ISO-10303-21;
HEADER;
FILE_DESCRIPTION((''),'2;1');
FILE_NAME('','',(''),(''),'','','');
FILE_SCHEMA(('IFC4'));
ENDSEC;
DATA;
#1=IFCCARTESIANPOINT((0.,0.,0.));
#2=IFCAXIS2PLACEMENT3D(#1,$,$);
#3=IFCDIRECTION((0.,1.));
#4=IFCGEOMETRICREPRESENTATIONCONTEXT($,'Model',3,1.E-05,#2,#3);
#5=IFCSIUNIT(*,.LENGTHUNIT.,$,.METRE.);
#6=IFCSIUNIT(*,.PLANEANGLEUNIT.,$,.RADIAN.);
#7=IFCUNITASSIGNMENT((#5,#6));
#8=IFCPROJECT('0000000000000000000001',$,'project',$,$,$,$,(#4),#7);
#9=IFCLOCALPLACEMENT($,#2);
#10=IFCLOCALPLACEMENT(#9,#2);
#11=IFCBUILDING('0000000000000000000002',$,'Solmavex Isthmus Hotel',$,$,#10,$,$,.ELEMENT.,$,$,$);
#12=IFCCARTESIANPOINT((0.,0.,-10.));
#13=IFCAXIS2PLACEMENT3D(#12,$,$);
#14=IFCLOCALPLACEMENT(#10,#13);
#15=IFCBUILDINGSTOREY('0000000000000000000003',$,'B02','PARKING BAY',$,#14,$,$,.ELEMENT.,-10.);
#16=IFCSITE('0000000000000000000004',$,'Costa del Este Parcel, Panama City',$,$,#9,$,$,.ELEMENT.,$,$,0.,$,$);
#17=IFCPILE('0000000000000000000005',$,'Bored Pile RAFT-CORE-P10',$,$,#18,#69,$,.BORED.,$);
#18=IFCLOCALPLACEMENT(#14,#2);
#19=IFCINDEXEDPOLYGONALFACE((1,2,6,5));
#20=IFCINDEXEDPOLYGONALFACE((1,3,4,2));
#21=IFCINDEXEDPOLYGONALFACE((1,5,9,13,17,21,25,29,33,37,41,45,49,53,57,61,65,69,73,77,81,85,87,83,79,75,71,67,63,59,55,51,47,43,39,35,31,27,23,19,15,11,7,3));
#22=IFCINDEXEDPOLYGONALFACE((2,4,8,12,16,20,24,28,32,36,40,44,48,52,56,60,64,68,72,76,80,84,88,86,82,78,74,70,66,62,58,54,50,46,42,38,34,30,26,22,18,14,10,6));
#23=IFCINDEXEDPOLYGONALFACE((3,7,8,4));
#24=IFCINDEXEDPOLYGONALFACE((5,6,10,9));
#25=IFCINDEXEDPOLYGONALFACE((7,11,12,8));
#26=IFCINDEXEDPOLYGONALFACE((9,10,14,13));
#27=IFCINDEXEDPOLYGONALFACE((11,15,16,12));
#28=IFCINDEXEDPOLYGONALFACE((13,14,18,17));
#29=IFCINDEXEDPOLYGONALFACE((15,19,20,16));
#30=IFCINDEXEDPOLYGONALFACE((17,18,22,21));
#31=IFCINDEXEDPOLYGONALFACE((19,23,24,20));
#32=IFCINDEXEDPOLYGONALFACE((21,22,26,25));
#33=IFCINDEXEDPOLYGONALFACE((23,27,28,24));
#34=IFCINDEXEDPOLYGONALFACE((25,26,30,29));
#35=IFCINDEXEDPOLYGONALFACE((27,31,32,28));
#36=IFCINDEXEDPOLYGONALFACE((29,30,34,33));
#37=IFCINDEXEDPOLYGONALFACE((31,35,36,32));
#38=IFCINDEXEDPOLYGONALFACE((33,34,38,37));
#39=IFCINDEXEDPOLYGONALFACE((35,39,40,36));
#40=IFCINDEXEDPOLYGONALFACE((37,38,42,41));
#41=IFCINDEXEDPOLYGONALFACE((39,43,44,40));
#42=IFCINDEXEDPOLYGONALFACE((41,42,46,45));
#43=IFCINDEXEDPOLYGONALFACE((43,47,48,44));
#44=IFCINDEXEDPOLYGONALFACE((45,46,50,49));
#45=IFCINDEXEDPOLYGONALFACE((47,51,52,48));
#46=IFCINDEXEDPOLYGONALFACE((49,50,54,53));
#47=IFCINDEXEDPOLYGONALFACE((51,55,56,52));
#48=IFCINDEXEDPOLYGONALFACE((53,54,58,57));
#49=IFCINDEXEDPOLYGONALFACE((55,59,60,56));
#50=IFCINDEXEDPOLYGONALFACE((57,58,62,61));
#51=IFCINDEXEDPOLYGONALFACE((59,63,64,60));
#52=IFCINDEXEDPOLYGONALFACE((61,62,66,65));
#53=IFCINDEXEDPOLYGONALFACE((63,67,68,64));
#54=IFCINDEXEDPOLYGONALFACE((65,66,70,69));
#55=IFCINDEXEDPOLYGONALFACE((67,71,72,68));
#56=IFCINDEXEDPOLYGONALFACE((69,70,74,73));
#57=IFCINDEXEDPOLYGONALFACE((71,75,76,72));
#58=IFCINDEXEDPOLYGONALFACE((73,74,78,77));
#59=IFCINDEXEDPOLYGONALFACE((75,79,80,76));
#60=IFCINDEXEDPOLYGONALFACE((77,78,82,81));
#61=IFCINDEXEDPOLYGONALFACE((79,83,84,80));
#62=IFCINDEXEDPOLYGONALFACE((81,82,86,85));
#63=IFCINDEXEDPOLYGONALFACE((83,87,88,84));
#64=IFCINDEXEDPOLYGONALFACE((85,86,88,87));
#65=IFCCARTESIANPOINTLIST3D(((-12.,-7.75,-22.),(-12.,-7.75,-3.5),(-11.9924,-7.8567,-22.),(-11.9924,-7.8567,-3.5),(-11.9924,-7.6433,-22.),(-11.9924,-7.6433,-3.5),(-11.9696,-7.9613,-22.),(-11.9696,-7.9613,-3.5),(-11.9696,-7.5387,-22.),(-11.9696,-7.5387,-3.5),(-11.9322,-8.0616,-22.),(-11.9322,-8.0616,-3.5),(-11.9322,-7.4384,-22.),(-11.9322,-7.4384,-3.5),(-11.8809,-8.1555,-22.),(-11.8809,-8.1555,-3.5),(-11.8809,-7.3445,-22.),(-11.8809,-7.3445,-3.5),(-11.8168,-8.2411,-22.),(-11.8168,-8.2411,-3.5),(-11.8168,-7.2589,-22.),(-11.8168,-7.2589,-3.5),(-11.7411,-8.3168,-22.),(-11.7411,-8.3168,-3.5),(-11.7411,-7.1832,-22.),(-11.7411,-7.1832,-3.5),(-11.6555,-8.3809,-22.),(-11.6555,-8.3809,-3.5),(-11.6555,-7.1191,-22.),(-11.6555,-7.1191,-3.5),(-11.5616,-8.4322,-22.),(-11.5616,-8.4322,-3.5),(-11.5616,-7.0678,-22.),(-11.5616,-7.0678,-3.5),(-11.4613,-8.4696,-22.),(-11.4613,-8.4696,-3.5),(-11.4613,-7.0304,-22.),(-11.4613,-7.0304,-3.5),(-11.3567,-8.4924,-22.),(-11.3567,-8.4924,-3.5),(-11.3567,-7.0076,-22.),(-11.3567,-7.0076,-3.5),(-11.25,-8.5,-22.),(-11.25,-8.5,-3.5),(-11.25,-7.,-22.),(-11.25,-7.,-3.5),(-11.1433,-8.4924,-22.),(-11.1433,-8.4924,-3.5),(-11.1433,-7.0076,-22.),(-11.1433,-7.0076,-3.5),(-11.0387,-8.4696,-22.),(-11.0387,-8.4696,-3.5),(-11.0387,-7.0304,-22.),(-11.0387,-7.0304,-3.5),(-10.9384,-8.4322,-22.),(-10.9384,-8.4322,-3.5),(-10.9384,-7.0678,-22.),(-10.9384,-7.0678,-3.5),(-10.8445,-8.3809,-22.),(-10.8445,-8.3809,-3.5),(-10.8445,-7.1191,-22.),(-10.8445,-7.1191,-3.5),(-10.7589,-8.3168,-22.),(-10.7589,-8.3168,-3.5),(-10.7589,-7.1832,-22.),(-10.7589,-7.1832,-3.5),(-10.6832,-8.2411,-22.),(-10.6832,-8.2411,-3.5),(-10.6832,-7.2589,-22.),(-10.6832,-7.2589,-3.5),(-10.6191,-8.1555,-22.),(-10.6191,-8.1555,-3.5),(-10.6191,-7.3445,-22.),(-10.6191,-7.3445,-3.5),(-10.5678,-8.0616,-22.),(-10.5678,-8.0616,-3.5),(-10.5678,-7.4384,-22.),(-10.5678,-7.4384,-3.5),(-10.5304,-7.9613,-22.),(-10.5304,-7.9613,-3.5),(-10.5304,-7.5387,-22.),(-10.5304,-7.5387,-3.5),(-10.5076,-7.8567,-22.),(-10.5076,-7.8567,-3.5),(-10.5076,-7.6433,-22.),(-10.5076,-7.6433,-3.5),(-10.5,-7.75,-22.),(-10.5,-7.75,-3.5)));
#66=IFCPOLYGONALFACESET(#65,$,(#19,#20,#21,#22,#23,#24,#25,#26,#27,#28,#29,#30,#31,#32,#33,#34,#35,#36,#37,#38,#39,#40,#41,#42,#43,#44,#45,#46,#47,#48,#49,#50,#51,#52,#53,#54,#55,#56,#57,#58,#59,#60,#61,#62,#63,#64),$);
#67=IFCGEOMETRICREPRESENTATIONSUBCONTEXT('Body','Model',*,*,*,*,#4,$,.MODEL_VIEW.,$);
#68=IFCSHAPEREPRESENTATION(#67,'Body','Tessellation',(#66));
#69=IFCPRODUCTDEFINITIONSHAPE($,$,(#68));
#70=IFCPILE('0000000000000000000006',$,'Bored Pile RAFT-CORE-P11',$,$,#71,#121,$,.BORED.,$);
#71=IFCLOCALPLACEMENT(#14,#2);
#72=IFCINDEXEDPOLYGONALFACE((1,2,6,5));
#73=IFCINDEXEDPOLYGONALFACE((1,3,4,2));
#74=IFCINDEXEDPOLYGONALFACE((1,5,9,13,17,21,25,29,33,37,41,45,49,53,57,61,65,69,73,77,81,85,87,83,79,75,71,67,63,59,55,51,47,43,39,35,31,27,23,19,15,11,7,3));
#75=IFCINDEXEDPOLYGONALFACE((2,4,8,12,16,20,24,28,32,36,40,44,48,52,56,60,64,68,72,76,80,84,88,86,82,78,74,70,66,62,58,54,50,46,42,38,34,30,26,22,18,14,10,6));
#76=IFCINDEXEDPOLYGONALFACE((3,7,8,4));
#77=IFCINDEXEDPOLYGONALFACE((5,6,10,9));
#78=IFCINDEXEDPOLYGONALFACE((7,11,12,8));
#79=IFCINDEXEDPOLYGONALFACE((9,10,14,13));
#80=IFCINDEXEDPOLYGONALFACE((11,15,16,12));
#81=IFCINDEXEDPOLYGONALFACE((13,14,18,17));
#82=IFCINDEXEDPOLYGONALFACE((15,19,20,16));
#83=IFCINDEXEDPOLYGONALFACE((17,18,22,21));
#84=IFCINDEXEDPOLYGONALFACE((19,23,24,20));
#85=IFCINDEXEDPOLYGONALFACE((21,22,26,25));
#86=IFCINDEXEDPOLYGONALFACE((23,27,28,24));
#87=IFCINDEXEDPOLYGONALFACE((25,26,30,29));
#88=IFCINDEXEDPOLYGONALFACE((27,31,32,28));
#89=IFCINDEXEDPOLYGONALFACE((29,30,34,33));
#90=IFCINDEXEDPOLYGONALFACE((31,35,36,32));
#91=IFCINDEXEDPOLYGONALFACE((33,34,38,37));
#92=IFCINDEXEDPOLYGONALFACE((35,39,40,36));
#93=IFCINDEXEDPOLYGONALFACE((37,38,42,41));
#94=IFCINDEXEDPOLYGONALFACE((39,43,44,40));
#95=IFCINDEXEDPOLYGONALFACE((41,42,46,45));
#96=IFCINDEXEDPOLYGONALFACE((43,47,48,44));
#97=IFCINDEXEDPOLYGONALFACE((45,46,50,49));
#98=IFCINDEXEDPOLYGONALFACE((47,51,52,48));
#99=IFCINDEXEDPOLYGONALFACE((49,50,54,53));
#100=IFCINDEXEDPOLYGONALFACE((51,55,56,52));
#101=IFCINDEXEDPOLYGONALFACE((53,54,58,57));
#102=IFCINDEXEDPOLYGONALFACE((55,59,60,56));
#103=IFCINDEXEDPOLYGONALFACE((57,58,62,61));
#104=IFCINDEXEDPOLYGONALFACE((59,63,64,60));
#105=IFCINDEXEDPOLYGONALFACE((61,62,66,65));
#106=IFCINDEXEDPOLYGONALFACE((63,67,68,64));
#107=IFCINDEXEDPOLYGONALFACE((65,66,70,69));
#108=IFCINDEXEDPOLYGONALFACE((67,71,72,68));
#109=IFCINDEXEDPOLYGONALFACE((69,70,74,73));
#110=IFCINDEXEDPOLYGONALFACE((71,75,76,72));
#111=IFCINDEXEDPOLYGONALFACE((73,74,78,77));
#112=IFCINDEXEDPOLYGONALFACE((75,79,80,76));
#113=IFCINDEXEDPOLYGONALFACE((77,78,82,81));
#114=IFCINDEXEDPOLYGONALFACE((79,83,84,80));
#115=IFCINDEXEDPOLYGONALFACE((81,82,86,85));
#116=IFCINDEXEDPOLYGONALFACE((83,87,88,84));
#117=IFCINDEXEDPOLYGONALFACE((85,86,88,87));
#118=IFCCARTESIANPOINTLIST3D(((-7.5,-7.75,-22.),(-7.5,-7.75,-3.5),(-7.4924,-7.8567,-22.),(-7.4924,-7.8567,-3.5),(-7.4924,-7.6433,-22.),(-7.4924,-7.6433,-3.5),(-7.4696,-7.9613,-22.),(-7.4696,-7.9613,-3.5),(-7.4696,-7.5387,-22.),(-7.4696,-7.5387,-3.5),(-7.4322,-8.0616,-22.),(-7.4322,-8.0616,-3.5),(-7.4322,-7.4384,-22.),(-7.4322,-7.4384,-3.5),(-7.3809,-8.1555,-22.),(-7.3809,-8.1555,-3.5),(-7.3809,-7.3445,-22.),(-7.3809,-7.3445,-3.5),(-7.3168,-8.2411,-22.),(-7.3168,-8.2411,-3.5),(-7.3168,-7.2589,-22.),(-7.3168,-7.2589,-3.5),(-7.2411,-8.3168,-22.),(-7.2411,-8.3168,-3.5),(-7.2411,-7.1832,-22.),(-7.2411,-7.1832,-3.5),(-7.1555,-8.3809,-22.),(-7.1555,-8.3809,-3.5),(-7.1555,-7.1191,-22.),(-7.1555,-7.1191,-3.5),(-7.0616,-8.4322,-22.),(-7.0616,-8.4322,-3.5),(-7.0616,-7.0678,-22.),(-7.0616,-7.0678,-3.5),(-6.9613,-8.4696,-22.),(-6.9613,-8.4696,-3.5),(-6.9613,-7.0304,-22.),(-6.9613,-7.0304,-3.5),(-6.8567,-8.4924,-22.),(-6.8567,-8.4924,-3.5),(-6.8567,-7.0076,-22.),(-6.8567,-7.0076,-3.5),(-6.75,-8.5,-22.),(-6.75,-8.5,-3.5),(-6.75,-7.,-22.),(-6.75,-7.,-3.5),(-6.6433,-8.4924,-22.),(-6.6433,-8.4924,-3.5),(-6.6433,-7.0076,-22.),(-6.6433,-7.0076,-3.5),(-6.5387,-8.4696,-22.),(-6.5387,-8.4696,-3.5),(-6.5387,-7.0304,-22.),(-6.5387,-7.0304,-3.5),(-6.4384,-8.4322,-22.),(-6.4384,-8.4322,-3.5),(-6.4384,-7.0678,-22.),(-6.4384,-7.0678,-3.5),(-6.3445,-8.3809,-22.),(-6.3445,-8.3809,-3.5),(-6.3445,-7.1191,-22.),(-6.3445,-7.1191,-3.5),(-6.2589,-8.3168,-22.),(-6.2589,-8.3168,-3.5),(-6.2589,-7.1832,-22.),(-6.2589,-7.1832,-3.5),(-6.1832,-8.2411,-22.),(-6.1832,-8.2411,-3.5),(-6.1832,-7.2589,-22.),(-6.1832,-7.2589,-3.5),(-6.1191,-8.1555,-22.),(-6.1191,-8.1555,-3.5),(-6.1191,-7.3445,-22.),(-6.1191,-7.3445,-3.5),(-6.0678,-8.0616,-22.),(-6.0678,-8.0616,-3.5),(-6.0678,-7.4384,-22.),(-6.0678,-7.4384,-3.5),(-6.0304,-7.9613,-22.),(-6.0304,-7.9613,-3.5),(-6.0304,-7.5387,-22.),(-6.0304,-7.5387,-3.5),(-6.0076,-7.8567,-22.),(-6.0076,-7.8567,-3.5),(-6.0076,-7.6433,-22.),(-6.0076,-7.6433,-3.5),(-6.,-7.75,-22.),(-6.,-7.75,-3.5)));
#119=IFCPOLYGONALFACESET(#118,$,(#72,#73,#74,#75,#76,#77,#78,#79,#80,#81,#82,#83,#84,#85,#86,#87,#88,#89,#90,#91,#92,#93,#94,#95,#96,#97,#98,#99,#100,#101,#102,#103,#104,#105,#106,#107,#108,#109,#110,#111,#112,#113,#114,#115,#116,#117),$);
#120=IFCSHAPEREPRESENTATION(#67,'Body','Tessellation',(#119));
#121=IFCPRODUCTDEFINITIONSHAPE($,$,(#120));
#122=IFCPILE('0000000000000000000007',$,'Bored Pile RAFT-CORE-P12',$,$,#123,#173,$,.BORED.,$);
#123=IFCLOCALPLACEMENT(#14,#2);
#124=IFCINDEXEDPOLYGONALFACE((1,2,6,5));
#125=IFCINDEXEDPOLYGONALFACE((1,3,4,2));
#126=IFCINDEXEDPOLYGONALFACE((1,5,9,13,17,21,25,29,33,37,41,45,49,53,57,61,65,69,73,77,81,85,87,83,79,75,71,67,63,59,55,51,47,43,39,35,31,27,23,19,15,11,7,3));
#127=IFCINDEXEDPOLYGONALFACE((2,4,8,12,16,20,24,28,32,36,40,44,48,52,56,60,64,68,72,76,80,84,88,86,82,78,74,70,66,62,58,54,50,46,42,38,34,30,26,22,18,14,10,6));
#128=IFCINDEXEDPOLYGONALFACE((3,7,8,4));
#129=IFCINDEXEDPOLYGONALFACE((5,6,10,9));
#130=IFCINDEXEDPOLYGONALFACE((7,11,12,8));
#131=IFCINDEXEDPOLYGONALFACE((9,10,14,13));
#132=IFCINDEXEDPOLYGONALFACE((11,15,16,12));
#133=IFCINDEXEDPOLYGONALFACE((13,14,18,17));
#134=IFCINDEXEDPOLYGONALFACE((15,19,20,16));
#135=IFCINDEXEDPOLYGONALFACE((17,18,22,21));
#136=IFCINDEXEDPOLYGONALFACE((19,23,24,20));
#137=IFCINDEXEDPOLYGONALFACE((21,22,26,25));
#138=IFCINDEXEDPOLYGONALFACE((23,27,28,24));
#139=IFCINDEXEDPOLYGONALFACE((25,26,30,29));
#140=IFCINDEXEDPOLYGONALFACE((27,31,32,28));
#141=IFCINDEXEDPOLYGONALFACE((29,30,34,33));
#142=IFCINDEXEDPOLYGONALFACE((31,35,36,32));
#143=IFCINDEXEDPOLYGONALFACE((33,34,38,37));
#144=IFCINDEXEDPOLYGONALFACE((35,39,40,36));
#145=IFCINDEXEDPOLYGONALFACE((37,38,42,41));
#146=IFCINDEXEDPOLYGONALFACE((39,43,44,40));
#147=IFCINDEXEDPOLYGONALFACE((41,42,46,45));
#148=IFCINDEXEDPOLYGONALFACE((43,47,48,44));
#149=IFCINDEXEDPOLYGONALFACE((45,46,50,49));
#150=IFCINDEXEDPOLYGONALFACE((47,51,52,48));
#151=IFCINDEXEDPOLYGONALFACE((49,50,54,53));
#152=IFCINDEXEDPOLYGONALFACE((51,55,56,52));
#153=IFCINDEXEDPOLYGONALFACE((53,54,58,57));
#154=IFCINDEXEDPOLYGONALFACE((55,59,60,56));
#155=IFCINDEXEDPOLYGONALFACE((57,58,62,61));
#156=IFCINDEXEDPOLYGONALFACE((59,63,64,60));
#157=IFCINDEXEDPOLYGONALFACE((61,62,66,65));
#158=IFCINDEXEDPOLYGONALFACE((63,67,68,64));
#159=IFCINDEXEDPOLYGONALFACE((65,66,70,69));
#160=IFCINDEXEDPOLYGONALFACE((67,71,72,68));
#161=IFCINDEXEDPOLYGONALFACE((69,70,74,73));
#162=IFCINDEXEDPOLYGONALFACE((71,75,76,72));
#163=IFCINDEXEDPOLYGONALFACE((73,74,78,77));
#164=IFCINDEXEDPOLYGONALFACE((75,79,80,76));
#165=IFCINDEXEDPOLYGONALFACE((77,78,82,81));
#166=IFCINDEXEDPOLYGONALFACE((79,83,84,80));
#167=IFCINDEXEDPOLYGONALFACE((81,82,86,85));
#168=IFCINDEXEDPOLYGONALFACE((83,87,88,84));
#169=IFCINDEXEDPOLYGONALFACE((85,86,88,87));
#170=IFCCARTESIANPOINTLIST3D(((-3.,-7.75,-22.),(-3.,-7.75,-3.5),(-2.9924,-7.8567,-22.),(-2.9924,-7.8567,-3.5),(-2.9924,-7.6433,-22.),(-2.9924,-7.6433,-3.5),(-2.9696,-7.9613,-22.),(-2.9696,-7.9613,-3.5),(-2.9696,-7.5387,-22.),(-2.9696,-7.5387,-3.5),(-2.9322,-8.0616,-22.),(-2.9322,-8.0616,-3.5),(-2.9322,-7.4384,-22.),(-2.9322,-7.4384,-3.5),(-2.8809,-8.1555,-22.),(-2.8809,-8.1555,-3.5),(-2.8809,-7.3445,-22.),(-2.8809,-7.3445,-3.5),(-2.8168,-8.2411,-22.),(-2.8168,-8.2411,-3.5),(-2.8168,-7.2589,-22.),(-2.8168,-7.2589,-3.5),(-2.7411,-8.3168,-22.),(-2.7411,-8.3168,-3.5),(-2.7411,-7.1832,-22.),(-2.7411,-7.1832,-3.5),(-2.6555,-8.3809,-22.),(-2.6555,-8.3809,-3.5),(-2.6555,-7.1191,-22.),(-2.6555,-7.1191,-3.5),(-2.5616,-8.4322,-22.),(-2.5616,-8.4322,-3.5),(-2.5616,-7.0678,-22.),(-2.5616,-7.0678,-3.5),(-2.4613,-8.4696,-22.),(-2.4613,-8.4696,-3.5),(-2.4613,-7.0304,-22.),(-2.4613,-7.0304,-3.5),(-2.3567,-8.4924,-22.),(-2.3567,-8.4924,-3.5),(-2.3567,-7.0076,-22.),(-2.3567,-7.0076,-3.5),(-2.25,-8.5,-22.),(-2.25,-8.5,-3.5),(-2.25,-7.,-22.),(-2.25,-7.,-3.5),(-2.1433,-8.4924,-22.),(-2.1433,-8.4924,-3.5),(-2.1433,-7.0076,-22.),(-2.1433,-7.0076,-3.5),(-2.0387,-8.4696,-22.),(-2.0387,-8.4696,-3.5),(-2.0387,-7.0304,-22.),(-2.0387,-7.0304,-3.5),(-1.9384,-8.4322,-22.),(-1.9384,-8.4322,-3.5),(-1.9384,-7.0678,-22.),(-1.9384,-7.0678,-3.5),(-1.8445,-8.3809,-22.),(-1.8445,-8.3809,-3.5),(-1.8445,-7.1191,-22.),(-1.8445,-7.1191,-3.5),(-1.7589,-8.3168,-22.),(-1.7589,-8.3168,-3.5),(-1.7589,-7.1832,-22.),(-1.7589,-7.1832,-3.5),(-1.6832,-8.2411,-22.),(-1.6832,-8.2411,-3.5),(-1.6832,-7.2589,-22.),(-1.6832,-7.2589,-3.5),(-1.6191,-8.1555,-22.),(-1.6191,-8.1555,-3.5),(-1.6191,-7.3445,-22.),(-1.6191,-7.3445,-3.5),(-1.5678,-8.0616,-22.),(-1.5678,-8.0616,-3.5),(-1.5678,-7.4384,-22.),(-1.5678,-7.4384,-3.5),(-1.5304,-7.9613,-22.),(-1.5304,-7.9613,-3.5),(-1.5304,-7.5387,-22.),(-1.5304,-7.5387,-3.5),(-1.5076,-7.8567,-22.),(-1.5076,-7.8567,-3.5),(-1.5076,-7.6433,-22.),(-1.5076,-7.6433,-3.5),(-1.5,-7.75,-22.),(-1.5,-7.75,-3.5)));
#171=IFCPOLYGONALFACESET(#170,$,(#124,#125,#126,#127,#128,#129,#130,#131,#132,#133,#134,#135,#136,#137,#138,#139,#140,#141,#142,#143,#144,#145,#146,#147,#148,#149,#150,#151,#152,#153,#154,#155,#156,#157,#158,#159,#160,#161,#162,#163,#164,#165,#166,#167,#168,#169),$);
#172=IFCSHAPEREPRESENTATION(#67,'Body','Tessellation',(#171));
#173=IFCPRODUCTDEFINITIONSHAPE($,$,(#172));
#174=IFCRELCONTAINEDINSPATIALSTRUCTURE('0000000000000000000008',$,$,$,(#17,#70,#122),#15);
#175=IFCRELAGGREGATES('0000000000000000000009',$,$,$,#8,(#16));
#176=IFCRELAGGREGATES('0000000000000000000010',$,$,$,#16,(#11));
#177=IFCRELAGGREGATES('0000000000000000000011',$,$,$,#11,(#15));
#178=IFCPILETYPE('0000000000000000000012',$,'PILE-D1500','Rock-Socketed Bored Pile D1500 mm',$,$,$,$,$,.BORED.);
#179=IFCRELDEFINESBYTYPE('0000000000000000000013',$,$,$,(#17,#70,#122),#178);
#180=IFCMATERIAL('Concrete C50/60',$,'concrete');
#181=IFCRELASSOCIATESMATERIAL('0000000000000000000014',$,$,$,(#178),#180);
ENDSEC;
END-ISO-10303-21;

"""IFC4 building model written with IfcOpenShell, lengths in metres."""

from ifc_helpers import new_model, si_unit, direction, frame, origin, origin_2d, place, context, subcontext, project, spatial, circle, extrude, material, material_profile, profile_set, type_object, element, save


model = new_model("IFC4")

# Units and contexts
model_context = context("Model", 3, precision=1e-05, world=origin(), true_north=direction((0.0, 1.0)))
body_context = subcontext(model_context, "Body", "Model", "MODEL_VIEW")
ifc_project = project(units=[si_unit("LENGTHUNIT", "METRE"), si_unit("PLANEANGLEUNIT", "RADIAN")], contexts=[model_context])

# Site, building, storey
site_placement = place(None, origin())
site = spatial("IfcSite", under=ifc_project, at=site_placement, Name="Costa del Este Parcel, Panama City", CompositionType="ELEMENT", RefElevation=0.0)
building_placement = place(site_placement, origin())
building = spatial("IfcBuilding", under=site, at=building_placement, Name="Solmavex Isthmus Hotel", CompositionType="ELEMENT")
storey_placement = place(building_placement, frame((0.0, 0.0, -10.0)))
storey = spatial("IfcBuildingStorey", under=building, at=storey_placement, Name="B02", Description="PARKING BAY", CompositionType="ELEMENT", Elevation=-10.0)

# Piles
ifc_material_1 = material(Name="Concrete C50/60", Category="concrete")
ifc_material_profile_1 = material_profile(ifc_material_1, circle(Radius=0.75, at=origin_2d()), Name="PILE1500")
ifc_profile_set_1 = profile_set([ifc_material_profile_1], Name="Concrete C50/60")
pile_type = type_object("IfcPileType", Name="PILE-D1500", Description="Rock-Socketed Bored Pile D1500 mm", PredefinedType="BORED", material=ifc_profile_set_1)
for number, where, z_axis, x_axis, name in (
    (1, (-11.25, -7.75, -3.5), (0.0, 0.0, -1.0), (1.0, 0.0, 0.0), "Bored Pile RAFT-CORE-P10"),
    (2, (-6.75, -7.75, -3.5), (0.0, 0.0, -1.0), (1.0, 0.0, 0.0), "Bored Pile RAFT-CORE-P11"),
    (3, (-2.25, -7.75, -3.5), (0.0, 0.0, -1.0), (1.0, 0.0, 0.0), "Bored Pile RAFT-CORE-P12"),
):
    element("IfcPile", number, at=place(storey_placement, frame(where, z_axis=z_axis, x_axis=x_axis)), inside=storey, type_object=pile_type, Name=name, PredefinedType="BORED", context=body_context, shape_type="SweptSolid", body=[
        extrude(circle(Radius=0.75, at=origin_2d()), origin(), (0.0, 0.0, 1.0), 18.5),
    ])

save(model, "model.ifc")
